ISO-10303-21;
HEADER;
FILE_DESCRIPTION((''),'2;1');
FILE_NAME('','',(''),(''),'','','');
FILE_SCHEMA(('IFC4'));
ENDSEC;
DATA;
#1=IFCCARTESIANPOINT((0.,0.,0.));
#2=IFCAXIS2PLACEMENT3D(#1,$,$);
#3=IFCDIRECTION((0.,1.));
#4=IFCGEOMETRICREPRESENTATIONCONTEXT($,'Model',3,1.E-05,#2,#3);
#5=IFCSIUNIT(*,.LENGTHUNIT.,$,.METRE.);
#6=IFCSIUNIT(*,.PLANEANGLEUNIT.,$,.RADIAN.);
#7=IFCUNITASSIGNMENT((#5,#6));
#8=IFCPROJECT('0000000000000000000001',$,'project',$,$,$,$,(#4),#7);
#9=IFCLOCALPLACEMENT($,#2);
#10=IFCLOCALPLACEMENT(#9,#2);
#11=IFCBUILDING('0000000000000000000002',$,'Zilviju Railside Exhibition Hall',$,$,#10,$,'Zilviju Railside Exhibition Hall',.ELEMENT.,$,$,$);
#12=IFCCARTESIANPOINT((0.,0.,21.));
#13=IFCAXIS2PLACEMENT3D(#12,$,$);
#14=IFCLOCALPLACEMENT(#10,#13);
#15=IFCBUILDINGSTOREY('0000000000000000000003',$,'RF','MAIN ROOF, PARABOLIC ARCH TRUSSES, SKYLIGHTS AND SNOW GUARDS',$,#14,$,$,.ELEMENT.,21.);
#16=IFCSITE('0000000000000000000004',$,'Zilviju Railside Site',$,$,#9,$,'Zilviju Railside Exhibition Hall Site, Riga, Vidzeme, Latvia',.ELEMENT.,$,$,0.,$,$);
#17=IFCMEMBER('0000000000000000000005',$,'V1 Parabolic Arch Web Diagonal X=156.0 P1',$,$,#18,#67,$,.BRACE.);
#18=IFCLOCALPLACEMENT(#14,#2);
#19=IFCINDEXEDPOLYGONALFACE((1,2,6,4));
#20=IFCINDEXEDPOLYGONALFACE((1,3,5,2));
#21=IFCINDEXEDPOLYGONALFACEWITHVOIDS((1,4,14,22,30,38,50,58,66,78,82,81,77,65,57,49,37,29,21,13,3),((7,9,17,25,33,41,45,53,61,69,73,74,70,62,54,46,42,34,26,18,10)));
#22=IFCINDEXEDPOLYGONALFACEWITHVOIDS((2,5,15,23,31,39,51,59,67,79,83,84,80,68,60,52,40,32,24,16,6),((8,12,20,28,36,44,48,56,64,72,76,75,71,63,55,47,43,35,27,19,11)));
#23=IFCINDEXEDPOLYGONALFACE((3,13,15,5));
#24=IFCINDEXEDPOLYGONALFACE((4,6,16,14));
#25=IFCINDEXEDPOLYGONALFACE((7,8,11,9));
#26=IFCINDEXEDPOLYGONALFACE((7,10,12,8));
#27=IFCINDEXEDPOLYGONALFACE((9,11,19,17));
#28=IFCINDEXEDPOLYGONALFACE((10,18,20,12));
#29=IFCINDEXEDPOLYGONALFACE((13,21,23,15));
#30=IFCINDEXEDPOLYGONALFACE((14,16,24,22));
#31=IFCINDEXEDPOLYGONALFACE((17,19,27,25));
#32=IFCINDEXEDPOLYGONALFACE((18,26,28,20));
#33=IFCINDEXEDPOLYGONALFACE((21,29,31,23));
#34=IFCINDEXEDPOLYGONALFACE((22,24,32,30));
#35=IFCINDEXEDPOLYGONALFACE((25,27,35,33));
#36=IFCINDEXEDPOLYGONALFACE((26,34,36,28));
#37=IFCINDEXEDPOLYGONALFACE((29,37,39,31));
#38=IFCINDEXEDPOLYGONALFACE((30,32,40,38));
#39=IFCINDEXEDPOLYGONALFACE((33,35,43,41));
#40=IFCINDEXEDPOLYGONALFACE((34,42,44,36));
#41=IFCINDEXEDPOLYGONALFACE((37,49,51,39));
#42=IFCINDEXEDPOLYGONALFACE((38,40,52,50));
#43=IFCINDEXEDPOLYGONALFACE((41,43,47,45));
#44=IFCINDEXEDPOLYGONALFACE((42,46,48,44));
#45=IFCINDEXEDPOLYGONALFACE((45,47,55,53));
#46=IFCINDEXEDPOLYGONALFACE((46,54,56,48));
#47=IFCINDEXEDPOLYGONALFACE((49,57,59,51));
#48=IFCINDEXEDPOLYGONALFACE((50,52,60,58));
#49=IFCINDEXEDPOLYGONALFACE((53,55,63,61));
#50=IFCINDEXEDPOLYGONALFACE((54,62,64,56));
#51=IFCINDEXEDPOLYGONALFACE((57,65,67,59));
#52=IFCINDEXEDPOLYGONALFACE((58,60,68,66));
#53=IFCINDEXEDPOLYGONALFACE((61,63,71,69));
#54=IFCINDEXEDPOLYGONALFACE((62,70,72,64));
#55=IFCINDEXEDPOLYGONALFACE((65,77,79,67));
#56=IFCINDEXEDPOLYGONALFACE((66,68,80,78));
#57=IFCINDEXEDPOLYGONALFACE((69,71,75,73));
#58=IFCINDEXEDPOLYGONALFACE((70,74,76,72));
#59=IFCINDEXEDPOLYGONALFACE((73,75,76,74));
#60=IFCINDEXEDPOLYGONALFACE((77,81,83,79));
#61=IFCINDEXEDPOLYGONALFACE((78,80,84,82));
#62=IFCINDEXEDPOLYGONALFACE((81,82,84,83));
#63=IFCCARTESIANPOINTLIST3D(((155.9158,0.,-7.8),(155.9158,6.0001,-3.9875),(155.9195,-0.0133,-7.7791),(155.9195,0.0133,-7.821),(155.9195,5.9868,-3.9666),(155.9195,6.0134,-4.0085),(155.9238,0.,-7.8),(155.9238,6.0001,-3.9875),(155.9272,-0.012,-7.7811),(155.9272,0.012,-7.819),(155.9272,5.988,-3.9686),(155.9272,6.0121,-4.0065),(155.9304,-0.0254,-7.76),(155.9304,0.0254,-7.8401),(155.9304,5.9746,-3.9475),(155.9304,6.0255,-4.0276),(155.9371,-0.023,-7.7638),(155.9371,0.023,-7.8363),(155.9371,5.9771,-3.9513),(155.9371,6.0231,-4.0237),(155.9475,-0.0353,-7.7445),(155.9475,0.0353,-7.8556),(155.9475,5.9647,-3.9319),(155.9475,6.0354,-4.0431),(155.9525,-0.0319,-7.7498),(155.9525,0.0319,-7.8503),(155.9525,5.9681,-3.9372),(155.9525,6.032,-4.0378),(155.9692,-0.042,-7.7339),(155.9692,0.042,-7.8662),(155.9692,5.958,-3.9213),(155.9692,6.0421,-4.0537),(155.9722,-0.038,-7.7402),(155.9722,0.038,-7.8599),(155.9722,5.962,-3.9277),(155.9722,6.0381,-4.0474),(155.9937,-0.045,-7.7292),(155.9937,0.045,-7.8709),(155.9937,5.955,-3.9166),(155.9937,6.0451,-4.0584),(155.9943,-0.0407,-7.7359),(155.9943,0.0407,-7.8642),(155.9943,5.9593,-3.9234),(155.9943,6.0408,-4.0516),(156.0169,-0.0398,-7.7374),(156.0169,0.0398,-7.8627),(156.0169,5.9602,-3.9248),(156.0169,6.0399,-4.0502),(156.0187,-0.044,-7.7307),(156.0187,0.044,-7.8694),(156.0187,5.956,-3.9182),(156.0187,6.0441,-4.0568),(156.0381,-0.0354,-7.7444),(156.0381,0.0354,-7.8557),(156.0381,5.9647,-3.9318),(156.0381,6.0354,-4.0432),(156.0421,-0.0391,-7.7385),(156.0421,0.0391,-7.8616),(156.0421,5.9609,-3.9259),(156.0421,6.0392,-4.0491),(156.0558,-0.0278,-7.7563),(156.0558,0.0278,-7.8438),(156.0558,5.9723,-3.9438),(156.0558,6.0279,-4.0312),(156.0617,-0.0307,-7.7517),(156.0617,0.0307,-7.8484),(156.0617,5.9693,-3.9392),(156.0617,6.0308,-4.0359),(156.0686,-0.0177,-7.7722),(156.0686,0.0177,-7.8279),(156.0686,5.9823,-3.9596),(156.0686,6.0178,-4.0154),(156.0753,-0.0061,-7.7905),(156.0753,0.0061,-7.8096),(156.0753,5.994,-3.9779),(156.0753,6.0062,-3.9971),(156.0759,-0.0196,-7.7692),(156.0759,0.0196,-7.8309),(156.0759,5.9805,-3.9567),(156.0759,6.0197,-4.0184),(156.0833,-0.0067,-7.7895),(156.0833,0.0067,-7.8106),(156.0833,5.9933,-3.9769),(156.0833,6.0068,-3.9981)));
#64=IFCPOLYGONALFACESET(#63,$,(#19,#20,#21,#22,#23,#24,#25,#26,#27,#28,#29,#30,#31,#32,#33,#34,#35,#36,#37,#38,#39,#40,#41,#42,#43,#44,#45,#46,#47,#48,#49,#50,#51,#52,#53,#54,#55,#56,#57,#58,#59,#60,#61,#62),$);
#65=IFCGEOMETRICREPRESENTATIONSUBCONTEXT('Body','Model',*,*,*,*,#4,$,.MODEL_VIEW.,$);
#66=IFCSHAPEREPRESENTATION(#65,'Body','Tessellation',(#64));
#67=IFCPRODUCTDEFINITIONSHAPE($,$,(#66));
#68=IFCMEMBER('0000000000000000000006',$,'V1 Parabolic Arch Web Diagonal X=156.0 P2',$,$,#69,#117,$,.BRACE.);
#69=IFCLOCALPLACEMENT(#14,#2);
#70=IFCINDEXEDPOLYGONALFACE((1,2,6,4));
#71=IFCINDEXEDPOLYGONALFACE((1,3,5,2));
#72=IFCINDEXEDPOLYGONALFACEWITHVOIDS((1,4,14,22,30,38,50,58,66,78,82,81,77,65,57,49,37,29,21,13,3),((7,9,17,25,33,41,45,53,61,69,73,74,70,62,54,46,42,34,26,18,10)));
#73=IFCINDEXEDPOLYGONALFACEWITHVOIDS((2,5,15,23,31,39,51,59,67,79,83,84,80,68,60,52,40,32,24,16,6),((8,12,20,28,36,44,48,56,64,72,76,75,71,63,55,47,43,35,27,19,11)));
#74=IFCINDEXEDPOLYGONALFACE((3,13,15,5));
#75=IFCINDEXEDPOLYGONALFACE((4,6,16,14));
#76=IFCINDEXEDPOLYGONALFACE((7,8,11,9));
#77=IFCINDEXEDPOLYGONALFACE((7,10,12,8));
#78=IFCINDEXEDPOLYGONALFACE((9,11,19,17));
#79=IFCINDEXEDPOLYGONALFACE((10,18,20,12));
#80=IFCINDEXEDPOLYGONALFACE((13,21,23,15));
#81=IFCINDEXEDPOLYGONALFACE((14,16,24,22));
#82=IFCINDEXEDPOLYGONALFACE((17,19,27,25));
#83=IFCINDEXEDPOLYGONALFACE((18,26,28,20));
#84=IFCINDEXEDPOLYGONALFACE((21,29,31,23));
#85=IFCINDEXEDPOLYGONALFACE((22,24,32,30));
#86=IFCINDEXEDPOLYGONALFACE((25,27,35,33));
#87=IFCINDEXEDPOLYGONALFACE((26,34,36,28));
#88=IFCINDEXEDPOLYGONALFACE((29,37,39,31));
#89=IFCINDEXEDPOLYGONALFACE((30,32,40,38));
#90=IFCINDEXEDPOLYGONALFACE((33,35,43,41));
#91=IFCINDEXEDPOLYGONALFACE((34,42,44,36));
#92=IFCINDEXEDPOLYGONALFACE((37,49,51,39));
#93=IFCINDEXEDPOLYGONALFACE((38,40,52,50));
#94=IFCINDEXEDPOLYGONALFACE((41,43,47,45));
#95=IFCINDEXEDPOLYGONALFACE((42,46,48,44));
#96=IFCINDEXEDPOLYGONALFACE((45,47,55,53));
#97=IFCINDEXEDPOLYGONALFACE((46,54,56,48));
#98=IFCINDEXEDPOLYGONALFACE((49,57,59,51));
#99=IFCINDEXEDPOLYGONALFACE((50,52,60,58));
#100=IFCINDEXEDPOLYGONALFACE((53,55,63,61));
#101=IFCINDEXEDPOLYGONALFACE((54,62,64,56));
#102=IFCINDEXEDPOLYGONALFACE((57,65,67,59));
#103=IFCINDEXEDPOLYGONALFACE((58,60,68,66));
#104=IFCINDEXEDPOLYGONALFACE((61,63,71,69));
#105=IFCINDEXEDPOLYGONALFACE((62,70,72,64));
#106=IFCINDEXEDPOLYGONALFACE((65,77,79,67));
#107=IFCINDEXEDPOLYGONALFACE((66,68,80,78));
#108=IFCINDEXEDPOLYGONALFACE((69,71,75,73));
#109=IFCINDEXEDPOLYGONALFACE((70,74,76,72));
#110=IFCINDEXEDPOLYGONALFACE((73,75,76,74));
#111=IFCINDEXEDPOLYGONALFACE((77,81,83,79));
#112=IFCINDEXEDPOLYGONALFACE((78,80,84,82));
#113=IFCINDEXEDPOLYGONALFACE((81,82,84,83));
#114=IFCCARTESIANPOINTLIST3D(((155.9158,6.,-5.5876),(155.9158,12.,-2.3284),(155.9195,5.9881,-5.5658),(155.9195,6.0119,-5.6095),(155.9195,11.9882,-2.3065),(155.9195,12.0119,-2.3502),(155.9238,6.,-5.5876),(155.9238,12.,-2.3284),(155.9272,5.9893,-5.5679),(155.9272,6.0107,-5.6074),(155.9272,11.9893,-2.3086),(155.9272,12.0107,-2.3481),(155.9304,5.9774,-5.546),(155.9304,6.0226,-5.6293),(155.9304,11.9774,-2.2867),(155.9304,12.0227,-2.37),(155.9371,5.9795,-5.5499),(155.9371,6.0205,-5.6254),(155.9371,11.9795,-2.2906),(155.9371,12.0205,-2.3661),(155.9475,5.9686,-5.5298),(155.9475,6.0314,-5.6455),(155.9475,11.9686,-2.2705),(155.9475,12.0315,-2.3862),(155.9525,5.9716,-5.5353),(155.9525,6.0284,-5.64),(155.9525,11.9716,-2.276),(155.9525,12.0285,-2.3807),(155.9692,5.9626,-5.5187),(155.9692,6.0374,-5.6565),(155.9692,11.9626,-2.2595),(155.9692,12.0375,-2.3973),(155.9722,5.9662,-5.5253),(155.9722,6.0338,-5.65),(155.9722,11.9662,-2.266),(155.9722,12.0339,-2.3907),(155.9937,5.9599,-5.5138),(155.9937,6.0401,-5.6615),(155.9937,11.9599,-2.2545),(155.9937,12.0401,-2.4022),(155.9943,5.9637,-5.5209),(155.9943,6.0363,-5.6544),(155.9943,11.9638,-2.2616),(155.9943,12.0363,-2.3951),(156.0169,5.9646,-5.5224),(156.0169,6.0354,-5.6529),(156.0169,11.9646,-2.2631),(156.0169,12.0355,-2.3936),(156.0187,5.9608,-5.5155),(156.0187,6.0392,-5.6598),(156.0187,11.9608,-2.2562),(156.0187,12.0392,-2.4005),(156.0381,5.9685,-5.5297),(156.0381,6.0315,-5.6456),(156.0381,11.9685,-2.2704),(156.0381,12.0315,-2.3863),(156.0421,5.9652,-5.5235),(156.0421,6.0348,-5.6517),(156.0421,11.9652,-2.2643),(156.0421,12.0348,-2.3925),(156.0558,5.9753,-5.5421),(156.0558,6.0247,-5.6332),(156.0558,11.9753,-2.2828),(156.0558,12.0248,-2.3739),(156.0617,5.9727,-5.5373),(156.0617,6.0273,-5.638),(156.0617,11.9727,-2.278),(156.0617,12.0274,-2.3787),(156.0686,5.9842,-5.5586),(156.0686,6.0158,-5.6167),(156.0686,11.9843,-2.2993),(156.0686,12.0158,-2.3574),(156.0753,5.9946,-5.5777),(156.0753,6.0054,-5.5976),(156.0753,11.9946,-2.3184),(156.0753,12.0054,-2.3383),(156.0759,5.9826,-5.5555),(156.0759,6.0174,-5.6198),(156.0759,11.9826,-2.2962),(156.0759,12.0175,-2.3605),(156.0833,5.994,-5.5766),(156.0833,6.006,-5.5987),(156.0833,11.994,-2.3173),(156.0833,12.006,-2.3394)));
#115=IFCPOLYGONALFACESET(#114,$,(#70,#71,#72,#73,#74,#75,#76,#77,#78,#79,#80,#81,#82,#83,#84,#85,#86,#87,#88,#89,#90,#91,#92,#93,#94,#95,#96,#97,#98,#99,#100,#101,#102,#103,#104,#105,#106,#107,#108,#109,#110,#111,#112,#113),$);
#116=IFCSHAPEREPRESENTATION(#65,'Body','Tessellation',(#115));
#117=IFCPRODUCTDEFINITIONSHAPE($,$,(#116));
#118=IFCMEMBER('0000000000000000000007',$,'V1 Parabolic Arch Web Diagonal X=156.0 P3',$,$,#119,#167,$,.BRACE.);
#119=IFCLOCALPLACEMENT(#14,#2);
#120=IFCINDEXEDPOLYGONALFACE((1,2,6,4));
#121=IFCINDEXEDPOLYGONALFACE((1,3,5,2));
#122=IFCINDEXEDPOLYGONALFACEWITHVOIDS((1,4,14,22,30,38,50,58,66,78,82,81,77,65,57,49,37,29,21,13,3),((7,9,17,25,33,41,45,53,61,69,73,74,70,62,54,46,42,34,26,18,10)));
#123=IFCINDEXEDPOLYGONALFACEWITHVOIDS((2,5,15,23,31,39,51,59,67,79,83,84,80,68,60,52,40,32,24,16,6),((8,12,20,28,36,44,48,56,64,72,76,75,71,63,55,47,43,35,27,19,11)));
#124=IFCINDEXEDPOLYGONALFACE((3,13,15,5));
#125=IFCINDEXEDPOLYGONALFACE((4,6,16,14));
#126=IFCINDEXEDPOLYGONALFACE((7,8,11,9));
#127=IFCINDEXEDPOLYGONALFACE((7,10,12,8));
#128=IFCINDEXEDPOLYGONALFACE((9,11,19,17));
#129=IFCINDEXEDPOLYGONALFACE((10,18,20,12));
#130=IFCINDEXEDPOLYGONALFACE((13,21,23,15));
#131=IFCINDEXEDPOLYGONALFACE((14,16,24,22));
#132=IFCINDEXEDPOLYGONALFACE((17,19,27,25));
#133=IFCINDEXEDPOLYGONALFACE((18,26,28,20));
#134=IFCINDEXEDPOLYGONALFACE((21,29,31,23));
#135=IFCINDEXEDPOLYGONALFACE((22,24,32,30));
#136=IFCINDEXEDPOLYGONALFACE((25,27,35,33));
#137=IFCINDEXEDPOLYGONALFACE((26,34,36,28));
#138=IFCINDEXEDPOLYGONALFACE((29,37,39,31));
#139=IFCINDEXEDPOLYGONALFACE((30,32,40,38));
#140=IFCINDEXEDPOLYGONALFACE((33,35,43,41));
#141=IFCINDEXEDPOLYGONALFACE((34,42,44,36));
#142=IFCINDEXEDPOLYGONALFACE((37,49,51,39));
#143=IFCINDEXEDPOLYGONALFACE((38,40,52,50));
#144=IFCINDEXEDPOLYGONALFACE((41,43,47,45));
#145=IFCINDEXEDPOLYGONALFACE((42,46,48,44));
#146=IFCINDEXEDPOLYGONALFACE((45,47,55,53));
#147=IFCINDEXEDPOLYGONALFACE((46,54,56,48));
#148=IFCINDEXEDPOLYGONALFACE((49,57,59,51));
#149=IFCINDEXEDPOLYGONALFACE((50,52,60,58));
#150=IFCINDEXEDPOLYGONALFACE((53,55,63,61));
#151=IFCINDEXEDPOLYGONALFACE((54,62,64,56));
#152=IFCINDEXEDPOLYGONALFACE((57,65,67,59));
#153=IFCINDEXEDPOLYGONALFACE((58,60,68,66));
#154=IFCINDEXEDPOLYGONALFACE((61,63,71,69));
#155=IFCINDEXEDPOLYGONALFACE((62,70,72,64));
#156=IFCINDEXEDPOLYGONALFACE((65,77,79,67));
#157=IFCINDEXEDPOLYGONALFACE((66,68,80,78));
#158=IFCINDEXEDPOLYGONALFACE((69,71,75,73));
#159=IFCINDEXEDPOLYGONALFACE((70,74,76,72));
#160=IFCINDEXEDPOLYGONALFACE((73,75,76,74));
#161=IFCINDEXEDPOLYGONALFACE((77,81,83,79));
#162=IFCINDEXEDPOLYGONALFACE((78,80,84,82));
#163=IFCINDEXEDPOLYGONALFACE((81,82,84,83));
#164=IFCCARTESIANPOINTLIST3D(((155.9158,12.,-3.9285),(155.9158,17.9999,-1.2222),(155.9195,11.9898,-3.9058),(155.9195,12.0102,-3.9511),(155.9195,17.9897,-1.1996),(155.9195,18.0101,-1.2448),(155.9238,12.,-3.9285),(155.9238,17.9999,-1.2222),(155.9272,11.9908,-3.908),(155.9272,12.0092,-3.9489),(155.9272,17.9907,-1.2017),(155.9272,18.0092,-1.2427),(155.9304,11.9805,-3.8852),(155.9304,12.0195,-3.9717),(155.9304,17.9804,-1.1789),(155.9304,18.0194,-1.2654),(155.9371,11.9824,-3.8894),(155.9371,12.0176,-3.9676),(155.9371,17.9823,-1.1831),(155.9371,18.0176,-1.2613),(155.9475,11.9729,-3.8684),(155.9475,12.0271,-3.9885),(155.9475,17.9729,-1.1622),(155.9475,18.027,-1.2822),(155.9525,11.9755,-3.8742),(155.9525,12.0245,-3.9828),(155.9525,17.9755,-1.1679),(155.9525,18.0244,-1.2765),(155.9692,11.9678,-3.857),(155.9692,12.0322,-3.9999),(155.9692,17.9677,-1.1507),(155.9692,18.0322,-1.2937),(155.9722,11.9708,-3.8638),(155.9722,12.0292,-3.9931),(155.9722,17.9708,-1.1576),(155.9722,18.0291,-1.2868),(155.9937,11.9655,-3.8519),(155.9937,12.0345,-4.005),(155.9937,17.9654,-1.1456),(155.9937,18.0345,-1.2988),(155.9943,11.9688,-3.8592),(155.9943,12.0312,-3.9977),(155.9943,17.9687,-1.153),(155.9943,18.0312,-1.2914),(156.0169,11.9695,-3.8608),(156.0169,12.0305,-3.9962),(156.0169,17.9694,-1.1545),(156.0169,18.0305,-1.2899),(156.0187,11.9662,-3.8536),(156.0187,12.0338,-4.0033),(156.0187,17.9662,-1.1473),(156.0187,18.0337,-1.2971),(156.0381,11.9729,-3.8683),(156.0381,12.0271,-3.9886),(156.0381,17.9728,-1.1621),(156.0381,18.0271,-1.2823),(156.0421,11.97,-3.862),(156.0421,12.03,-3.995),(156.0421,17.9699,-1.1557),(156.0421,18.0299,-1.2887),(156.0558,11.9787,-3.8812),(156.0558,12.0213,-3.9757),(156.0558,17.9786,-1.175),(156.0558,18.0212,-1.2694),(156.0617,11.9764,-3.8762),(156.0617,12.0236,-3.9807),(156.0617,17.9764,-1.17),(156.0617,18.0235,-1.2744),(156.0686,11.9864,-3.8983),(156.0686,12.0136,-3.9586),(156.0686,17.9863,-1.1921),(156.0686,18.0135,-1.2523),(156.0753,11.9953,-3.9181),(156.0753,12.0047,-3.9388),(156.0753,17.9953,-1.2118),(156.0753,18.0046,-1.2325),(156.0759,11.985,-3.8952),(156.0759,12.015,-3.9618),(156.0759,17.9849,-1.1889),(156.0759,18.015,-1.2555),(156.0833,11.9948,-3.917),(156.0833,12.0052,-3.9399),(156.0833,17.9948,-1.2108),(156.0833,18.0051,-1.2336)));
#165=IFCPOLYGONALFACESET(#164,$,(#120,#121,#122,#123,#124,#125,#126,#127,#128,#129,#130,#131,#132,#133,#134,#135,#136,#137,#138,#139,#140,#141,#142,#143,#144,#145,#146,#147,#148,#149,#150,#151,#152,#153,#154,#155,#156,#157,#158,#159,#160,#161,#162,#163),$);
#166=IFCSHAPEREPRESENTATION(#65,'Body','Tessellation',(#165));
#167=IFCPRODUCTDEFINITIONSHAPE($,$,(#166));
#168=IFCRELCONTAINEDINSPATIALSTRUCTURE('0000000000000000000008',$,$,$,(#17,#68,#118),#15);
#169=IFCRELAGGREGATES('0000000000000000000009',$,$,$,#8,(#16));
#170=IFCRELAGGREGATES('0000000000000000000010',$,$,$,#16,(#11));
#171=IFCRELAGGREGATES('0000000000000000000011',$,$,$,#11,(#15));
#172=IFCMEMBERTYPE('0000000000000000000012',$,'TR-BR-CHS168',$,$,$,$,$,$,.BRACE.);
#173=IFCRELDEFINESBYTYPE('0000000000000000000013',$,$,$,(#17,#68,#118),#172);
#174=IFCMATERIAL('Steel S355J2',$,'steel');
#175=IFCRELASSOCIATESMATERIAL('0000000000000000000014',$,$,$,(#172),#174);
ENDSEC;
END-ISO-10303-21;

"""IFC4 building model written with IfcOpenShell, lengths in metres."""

from ifc_helpers import new_model, si_unit, direction, frame, origin, origin_2d, place, context, subcontext, project, spatial, hollow_circle, extrude, material, material_profile, profile_set, type_object, element, save


model = new_model("IFC4")

# Units and contexts
model_context = context("Model", 3, precision=1e-05, world=origin(), true_north=direction((0.0, 1.0)))
body_context = subcontext(model_context, "Body", "Model", "MODEL_VIEW")
ifc_project = project(units=[si_unit("LENGTHUNIT", "METRE"), si_unit("PLANEANGLEUNIT", "RADIAN")], contexts=[model_context])

# Site, building, storey
site_placement = place(None, origin())
site = spatial("IfcSite", under=ifc_project, at=site_placement, Name="Zilviju Railside Site", LongName="Zilviju Railside Exhibition Hall Site, Riga, Vidzeme, Latvia", CompositionType="ELEMENT", RefElevation=0.0)
building_placement = place(site_placement, origin())
building = spatial("IfcBuilding", under=site, at=building_placement, Name="Zilviju Railside Exhibition Hall", LongName="Zilviju Railside Exhibition Hall", CompositionType="ELEMENT")
storey_placement = place(building_placement, frame((0.0, 0.0, 21.0)))
storey = spatial("IfcBuildingStorey", under=building, at=storey_placement, Name="RF", Description="MAIN ROOF, PARABOLIC ARCH TRUSSES, SKYLIGHTS AND SNOW GUARDS", CompositionType="ELEMENT", Elevation=21.0)

# Members
ifc_material_1 = material(Name="Steel S355J2", Category="steel")
ifc_material_profile_1 = material_profile(ifc_material_1, hollow_circle(Radius=0.0842, WallThickness=0.0081, at=origin_2d()), Name="CHS 168.3x8.0")
ifc_profile_set_1 = profile_set([ifc_material_profile_1], Name="Steel S355J2")
member_type_1 = type_object("IfcMemberType", Name="TR-BR-CHS168", PredefinedType="BRACE", material=ifc_profile_set_1)
member_1_placement = place(storey_placement, frame((156.0, 0.0, -7.8), z_axis=(0.0, 0.844023, 0.536306), x_axis=(-1.0, 0.0, 0.0)))
element("IfcMember", 1, at=member_1_placement, inside=storey, type_object=member_type_1, Name="V1 Parabolic Arch Web Diagonal X=156.0 P1", PredefinedType="BRACE", context=body_context, shape_type="SweptSolid", body=[
    extrude(hollow_circle(Radius=0.0842, WallThickness=0.0081, at=origin_2d()), origin(), (0.0, 0.0, 1.0), 7.1089),
])
member_2_placement = place(storey_placement, frame((156.0, 6.0, -5.5876), z_axis=(0.0, 0.878722, 0.477333), x_axis=(-1.0, 0.0, 0.0)))
element("IfcMember", 2, at=member_2_placement, inside=storey, type_object=member_type_1, Name="V1 Parabolic Arch Web Diagonal X=156.0 P2", PredefinedType="BRACE", context=body_context, shape_type="SweptSolid", body=[
    extrude(hollow_circle(Radius=0.0842, WallThickness=0.0081, at=origin_2d()), origin(), (0.0, 0.0, 1.0), 6.8281),
])
member_3_placement = place(storey_placement, frame((156.0, 12.0, -3.9285), z_axis=(0.0, 0.911563, 0.41116), x_axis=(-1.0, 0.0, 0.0)))
element("IfcMember", 3, at=member_3_placement, inside=storey, type_object=member_type_1, Name="V1 Parabolic Arch Web Diagonal X=156.0 P3", PredefinedType="BRACE", context=body_context, shape_type="SweptSolid", body=[
    extrude(hollow_circle(Radius=0.0842, WallThickness=0.0081, at=origin_2d()), origin(), (0.0, 0.0, 1.0), 6.582),
])

save(model, "model.ifc")
